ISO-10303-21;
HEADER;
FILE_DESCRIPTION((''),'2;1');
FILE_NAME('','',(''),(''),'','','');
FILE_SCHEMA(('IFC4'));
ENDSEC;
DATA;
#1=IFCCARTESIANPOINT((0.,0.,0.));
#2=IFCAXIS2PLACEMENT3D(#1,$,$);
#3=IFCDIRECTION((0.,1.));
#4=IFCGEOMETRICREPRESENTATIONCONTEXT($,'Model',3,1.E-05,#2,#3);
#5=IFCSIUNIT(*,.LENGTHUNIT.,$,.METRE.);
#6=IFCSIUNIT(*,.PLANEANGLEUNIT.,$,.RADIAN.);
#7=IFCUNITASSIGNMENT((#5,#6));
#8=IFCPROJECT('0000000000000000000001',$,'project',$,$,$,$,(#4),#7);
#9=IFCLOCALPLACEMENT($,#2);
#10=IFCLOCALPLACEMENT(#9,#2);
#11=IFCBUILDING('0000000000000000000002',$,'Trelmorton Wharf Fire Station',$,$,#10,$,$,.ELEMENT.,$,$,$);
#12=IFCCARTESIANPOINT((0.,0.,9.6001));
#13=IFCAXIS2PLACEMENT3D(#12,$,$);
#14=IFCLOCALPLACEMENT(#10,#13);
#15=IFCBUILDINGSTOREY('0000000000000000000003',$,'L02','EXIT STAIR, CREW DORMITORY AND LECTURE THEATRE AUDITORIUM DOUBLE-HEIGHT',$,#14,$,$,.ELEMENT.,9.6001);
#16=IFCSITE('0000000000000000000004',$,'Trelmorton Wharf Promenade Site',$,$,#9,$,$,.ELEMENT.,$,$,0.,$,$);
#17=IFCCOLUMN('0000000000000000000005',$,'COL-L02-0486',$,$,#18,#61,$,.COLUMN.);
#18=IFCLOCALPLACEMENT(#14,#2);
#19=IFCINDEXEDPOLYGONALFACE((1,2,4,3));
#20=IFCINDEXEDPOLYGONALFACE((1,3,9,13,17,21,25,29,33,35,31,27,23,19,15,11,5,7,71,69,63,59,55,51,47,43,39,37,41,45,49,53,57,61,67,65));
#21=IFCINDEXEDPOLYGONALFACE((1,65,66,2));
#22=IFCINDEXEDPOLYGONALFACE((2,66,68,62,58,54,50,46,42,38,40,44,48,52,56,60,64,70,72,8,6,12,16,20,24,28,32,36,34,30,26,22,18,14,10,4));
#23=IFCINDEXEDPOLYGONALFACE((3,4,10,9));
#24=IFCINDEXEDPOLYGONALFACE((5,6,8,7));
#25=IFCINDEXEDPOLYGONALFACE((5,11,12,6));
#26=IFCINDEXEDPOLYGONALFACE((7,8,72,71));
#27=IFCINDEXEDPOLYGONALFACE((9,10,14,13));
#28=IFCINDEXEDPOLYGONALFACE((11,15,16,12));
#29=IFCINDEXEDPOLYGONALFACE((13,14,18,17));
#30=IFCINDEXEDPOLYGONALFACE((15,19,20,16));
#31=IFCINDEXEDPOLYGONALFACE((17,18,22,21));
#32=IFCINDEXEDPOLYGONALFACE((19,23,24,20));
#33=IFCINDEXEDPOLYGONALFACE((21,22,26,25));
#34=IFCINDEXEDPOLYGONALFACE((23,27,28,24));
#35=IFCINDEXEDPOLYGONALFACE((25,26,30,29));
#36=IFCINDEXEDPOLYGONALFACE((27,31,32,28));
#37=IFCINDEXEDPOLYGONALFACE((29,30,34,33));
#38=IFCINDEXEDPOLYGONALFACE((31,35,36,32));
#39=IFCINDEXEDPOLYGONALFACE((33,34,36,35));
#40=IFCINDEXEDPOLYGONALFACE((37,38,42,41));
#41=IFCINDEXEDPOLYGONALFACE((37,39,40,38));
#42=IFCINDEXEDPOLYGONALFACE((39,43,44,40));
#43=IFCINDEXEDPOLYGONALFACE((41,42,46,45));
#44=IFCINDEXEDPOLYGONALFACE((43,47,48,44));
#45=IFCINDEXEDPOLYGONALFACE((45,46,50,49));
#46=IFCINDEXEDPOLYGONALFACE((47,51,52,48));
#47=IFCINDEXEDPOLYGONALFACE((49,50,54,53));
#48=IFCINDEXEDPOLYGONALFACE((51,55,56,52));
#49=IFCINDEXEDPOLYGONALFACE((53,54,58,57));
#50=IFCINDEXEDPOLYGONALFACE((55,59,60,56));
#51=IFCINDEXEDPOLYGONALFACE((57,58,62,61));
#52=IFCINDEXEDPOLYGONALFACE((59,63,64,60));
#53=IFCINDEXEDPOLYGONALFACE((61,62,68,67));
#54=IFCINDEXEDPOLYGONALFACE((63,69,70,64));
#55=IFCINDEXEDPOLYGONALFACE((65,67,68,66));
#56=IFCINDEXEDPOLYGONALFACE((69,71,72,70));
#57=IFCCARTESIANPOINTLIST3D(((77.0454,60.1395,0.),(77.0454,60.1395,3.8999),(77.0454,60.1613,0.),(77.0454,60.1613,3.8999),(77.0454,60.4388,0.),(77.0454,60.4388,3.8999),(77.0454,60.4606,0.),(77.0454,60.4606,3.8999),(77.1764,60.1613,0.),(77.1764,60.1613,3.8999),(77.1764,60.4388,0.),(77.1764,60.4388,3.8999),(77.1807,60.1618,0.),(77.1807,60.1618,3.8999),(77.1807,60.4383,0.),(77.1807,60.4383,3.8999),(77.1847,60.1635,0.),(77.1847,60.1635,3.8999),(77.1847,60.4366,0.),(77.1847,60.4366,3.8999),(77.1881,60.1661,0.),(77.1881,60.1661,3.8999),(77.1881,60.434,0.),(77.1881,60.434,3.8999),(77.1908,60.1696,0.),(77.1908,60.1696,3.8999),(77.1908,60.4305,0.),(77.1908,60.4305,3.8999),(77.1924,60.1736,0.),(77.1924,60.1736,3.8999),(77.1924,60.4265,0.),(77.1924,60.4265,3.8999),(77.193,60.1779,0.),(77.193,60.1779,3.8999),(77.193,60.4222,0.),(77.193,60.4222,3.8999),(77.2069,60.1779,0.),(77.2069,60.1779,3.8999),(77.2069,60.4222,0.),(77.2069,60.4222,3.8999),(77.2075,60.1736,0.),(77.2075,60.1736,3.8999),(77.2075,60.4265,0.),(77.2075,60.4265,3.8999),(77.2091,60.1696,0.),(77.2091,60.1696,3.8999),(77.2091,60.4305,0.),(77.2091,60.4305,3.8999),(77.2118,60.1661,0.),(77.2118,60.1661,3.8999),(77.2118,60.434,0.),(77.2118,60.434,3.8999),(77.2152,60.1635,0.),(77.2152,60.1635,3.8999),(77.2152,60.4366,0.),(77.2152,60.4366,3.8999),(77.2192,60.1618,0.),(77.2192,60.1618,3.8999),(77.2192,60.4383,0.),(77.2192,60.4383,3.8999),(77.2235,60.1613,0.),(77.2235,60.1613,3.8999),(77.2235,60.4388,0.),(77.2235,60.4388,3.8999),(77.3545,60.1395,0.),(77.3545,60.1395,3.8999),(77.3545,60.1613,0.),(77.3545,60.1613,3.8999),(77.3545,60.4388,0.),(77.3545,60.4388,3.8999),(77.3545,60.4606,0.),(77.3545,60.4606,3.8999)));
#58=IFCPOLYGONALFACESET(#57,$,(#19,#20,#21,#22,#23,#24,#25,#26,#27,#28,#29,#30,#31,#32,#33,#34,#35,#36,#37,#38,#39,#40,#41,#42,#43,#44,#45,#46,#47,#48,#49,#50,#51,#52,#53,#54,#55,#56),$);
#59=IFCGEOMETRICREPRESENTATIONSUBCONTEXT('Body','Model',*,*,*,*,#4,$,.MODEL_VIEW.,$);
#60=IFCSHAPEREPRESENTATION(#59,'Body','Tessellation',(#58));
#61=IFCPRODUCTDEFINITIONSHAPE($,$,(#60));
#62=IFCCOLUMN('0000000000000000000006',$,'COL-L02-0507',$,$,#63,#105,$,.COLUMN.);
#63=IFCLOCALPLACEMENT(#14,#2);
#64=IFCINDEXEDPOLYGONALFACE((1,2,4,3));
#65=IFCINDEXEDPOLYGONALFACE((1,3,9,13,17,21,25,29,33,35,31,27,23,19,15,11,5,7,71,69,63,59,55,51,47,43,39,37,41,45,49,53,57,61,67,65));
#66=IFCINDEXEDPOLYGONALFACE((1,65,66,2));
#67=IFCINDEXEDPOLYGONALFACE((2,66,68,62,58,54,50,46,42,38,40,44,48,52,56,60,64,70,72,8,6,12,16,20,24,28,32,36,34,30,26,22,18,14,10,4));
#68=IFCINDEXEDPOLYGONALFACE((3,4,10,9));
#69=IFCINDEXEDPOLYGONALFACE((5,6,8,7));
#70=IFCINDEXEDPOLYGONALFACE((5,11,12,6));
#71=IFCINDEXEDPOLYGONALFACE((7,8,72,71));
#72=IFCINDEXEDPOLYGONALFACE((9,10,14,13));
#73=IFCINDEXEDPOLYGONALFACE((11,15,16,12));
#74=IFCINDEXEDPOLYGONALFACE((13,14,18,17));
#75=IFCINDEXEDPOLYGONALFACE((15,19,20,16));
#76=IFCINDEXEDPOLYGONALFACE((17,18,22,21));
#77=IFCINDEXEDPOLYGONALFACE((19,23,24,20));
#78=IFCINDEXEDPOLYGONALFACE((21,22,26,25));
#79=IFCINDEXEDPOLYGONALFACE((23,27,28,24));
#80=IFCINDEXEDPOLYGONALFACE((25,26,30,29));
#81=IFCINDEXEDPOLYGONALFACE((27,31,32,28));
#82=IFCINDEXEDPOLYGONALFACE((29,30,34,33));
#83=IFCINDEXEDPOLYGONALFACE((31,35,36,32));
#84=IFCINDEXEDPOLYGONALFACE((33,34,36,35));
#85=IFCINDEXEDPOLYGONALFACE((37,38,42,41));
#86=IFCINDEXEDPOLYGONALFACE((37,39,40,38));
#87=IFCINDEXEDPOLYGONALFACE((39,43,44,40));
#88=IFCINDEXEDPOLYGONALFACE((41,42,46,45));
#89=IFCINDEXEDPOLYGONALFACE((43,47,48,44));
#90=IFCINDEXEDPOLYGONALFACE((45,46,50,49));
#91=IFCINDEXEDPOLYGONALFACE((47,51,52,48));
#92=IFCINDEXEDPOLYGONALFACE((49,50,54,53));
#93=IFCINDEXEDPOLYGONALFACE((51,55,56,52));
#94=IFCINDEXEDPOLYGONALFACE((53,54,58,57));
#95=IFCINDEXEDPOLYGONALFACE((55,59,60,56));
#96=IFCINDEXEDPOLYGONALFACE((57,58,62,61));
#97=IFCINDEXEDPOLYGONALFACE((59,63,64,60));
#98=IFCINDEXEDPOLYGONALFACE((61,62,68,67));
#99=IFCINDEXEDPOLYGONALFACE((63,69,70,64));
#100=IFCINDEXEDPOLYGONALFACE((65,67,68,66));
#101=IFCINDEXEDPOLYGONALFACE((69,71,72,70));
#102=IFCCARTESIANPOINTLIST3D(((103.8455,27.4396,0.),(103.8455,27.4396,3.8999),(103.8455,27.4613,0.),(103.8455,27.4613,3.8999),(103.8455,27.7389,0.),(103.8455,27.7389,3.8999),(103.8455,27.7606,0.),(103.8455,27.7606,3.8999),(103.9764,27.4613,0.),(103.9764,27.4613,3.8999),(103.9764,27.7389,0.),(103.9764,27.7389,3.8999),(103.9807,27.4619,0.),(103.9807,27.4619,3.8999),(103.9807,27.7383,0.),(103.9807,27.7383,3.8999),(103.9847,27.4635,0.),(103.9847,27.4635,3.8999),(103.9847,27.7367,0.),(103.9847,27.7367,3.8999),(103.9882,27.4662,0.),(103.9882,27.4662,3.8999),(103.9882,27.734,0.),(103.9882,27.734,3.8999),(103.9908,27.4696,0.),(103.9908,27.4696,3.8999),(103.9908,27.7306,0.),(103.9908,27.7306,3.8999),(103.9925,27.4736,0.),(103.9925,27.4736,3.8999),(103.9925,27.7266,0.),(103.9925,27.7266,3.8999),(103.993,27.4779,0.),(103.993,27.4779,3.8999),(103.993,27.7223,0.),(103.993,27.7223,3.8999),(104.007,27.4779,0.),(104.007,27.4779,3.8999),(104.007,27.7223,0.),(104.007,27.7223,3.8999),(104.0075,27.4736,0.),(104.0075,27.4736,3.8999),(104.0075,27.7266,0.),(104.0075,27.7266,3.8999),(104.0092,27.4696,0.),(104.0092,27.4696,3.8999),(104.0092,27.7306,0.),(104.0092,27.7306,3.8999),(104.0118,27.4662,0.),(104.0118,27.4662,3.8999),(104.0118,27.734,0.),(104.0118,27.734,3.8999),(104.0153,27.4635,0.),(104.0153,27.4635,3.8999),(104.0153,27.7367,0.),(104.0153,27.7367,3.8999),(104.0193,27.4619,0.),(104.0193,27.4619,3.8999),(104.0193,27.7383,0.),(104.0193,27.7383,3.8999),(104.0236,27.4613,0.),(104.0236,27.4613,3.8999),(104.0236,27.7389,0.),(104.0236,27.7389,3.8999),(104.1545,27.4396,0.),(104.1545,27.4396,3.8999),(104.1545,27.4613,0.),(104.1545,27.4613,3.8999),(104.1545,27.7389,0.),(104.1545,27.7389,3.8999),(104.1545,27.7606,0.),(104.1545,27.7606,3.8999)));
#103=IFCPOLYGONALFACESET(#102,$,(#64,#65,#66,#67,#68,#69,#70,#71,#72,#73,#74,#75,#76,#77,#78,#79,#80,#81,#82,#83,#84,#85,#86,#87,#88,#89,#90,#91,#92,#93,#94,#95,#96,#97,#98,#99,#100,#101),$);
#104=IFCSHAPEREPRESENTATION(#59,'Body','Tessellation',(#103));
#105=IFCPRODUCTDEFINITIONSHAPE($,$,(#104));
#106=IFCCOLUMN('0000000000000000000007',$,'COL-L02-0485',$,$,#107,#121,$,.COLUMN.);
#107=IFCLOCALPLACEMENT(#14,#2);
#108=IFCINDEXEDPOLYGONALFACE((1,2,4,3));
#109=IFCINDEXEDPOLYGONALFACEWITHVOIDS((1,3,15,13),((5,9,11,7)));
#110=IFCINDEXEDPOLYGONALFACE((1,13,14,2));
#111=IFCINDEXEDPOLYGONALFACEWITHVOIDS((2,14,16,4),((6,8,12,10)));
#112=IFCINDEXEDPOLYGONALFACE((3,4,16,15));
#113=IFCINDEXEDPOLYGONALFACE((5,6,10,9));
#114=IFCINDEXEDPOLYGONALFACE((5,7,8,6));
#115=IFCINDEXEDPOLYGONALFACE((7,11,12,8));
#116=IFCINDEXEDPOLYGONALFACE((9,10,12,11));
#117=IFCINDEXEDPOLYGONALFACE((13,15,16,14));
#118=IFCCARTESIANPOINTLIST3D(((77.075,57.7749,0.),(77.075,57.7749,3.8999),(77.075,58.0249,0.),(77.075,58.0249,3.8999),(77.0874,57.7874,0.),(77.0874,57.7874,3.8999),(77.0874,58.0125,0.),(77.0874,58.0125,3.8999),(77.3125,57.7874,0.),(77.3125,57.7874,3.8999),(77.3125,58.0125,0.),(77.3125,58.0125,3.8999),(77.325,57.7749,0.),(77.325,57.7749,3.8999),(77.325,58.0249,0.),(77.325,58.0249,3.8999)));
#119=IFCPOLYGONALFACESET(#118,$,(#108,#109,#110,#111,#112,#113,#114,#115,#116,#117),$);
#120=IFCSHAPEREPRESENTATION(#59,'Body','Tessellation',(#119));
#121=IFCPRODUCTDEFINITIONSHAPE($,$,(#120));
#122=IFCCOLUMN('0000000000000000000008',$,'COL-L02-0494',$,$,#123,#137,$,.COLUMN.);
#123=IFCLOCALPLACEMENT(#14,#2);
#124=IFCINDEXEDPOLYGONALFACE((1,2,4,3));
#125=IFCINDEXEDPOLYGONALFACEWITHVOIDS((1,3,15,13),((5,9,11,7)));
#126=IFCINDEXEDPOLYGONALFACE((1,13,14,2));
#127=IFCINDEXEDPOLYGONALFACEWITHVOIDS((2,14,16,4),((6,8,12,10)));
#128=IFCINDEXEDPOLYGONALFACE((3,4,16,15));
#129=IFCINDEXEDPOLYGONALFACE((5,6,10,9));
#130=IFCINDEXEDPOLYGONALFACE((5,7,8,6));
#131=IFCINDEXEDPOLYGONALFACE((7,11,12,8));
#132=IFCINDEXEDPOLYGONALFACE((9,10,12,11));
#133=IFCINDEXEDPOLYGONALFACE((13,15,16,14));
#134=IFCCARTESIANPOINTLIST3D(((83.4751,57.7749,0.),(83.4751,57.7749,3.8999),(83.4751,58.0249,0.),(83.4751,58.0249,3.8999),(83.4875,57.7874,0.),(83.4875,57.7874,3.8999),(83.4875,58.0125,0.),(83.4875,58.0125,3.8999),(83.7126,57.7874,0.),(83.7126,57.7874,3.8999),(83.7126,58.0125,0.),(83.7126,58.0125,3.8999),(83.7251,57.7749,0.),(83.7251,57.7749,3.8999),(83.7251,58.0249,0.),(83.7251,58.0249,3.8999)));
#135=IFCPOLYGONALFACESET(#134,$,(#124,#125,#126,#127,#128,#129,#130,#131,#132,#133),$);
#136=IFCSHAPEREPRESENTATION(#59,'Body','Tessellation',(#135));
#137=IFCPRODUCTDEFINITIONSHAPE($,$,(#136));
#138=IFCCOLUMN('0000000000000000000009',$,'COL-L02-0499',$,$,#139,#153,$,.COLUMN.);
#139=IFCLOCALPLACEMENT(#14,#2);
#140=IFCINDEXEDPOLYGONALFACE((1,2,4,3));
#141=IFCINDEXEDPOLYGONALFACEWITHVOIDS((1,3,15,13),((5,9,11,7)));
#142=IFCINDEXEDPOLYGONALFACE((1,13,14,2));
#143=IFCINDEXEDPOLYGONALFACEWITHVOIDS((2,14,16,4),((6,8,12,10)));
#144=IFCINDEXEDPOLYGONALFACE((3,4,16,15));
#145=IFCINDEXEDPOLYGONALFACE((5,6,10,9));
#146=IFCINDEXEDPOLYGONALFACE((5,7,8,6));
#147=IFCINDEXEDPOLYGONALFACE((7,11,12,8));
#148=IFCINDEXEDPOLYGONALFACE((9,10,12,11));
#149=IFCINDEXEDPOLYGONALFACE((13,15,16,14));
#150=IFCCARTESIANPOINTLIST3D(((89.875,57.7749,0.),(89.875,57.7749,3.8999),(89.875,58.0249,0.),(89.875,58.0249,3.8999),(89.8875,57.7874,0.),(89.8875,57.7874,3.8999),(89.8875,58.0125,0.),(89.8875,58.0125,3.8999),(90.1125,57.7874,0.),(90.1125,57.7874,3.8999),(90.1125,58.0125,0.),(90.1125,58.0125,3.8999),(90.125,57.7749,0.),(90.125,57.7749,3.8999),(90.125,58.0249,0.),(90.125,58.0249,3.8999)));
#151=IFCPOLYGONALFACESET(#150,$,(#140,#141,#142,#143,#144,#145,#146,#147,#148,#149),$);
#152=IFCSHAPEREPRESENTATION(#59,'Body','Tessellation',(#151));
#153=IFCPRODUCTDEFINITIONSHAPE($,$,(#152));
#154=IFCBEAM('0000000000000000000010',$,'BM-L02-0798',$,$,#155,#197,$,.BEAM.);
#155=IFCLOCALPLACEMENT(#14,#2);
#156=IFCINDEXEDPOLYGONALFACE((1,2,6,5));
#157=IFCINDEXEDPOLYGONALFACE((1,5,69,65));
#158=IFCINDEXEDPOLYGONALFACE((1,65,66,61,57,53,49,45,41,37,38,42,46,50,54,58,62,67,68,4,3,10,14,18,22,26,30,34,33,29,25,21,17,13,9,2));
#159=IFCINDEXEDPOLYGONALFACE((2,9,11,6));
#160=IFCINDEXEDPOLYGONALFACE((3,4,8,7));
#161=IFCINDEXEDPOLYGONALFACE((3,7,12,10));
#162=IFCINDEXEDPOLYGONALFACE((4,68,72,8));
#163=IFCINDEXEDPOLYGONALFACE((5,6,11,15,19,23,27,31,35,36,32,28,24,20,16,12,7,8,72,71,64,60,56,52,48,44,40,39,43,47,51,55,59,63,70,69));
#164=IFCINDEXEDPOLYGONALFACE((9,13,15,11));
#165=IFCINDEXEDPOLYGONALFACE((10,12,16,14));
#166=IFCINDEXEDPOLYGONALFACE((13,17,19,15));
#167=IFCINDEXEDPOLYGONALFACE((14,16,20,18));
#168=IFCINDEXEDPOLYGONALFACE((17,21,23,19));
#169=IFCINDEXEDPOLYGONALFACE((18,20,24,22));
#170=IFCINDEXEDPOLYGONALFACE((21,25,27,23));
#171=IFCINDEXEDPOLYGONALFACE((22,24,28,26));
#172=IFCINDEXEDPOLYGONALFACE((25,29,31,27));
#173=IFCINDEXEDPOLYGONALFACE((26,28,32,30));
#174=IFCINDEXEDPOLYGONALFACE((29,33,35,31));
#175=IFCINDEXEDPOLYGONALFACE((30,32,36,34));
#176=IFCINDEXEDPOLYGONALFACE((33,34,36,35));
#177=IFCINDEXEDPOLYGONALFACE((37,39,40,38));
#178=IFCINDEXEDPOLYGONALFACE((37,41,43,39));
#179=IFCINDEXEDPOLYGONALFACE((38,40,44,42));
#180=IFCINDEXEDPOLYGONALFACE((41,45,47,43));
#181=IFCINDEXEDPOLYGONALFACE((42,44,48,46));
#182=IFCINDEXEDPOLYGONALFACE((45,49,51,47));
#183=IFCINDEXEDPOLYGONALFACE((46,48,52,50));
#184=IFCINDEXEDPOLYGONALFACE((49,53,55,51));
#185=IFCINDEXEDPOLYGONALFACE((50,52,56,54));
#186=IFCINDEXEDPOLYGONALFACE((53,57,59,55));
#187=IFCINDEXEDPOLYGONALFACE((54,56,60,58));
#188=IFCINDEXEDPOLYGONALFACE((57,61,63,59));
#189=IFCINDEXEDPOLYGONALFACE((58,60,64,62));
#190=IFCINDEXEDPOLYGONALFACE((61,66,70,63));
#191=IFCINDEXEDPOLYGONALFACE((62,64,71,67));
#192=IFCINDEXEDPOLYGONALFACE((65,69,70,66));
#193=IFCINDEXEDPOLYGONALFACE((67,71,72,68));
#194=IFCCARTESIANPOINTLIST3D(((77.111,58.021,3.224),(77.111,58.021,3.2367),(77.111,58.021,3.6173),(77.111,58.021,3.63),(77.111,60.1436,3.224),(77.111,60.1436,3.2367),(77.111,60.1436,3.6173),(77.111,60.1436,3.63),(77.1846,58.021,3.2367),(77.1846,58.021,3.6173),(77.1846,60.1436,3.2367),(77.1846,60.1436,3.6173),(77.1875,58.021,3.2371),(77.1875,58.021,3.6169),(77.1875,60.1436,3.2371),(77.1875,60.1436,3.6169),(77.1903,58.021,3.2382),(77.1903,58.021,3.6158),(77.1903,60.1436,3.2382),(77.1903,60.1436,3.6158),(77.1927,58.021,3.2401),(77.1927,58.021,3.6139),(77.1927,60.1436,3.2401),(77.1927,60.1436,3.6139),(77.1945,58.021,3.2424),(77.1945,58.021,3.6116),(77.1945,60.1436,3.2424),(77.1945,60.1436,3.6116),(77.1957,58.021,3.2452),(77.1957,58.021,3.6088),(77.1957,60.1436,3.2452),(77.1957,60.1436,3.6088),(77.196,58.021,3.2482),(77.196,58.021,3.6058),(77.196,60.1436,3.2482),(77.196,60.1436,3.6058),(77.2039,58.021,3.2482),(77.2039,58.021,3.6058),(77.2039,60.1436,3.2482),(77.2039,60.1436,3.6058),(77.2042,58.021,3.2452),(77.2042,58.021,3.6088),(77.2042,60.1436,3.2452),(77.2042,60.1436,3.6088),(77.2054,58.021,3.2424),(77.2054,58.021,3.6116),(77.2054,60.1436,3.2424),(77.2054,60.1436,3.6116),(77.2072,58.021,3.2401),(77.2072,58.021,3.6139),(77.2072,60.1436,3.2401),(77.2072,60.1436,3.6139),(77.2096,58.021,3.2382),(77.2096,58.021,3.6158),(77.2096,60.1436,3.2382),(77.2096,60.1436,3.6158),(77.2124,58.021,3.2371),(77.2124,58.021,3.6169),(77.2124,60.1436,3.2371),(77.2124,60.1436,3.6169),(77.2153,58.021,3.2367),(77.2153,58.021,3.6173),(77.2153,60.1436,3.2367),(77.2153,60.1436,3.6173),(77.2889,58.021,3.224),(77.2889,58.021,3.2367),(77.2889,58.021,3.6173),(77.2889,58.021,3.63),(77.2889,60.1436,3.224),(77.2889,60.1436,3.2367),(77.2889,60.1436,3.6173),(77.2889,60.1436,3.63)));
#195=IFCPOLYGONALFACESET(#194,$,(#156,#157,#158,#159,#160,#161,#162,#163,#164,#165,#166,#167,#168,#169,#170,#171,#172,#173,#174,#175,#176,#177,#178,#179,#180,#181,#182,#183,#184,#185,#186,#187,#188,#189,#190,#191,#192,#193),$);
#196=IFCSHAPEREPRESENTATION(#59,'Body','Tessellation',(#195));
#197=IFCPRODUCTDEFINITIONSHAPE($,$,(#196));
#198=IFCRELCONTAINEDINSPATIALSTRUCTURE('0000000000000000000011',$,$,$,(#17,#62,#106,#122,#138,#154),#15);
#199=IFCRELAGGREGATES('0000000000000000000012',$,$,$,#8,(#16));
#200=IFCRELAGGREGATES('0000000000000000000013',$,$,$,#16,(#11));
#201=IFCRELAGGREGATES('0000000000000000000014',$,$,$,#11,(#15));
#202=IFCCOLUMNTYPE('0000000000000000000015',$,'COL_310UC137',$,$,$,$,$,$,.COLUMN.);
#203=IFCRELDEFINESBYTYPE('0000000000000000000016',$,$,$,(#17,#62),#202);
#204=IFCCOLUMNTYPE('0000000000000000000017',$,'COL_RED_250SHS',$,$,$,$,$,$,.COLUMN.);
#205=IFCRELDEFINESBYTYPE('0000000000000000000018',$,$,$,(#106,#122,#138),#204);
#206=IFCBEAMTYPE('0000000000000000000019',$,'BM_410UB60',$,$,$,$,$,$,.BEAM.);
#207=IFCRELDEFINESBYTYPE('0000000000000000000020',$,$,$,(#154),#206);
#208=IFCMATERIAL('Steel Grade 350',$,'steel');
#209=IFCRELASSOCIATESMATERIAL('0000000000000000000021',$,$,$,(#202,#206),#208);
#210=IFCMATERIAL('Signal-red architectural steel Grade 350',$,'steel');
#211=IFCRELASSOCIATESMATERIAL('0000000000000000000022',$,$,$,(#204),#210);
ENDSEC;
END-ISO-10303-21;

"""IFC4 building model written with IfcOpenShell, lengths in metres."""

from ifc_helpers import new_model, si_unit, direction, frame, origin, origin_2d, place, context, subcontext, project, spatial, hollow_rectangle, i_section, extrude, material, material_profile, profile_set, type_object, element, save


model = new_model("IFC4")

# Units and contexts
model_context = context("Model", 3, precision=1e-05, world=origin(), true_north=direction((0.0, 1.0)))
body_context = subcontext(model_context, "Body", "Model", "MODEL_VIEW")
ifc_project = project(units=[si_unit("LENGTHUNIT", "METRE"), si_unit("PLANEANGLEUNIT", "RADIAN")], contexts=[model_context])

# Site, building, storey
site_placement = place(None, origin())
site = spatial("IfcSite", under=ifc_project, at=site_placement, Name="Trelmorton Wharf Promenade Site", CompositionType="ELEMENT", RefElevation=0.0)
building_placement = place(site_placement, origin())
building = spatial("IfcBuilding", under=site, at=building_placement, Name="Trelmorton Wharf Fire Station", CompositionType="ELEMENT")
storey_placement = place(building_placement, frame((0.0, 0.0, 9.6001)))
storey = spatial("IfcBuildingStorey", under=building, at=storey_placement, Name="L02", Description="EXIT STAIR, CREW DORMITORY AND LECTURE THEATRE AUDITORIUM DOUBLE-HEIGHT", CompositionType="ELEMENT", Elevation=9.6001)

# Columns
ifc_material_1 = material(Name="Steel Grade 350", Category="steel")
ifc_material_profile_1 = material_profile(ifc_material_1, i_section(OverallWidth=0.3091, OverallDepth=0.321, WebThickness=0.0139, FlangeThickness=0.0217, FilletRadius=0.0166, at=origin_2d()), Name="310UC137")
ifc_profile_set_1 = profile_set([ifc_material_profile_1], Name="Steel Grade 350")
column_type_1 = type_object("IfcColumnType", Name="COL_310UC137", PredefinedType="COLUMN", material=ifc_profile_set_1)
for number, where, z_axis, x_axis, name in (
    (1, (77.2, 60.3, 0.0), (0.0, 0.0, 1.0), (1.0, 0.0, 0.0), "COL-L02-0486"),
    (2, (104.0, 27.6001, 0.0), (0.0, 0.0, 1.0), (1.0, 0.0, 0.0), "COL-L02-0507"),
):
    element("IfcColumn", number, at=place(storey_placement, frame(where, z_axis=z_axis, x_axis=x_axis)), inside=storey, type_object=column_type_1, Name=name, PredefinedType="COLUMN", context=body_context, shape_type="SweptSolid", body=[
        extrude(i_section(OverallWidth=0.3091, OverallDepth=0.321, WebThickness=0.0139, FlangeThickness=0.0217, FilletRadius=0.0166, at=origin_2d()), origin(), (0.0, 0.0, 1.0), 3.8999),
    ])
ifc_material_2 = material(Name="Signal-red architectural steel Grade 350", Category="steel")
ifc_material_profile_2 = material_profile(ifc_material_2, hollow_rectangle(XDim=0.25, YDim=0.25, WallThickness=0.0125, at=origin_2d()), Name="250x250x12.5SHS")
ifc_profile_set_2 = profile_set([ifc_material_profile_2], Name="Signal-red architectural steel Grade 350")
column_type_2 = type_object("IfcColumnType", Name="COL_RED_250SHS", PredefinedType="COLUMN", material=ifc_profile_set_2)
for number, where, z_axis, x_axis, name in (
    (3, (77.2, 57.8999, 0.0), (0.0, 0.0, 1.0), (1.0, 0.0, 0.0), "COL-L02-0485"),
    (4, (83.6001, 57.8999, 0.0), (0.0, 0.0, 1.0), (1.0, 0.0, 0.0), "COL-L02-0494"),
    (5, (90.0, 57.8999, 0.0), (0.0, 0.0, 1.0), (1.0, 0.0, 0.0), "COL-L02-0499"),
):
    element("IfcColumn", number, at=place(storey_placement, frame(where, z_axis=z_axis, x_axis=x_axis)), inside=storey, type_object=column_type_2, Name=name, PredefinedType="COLUMN", context=body_context, shape_type="SweptSolid", body=[
        extrude(hollow_rectangle(XDim=0.25, YDim=0.25, WallThickness=0.0125, at=origin_2d()), origin(), (0.0, 0.0, 1.0), 3.8999),
    ])

# Beam
ifc_material_profile_3 = material_profile(ifc_material_1, i_section(OverallWidth=0.178, OverallDepth=0.406, WebThickness=0.0078, FlangeThickness=0.0127, FilletRadius=0.0115, at=origin_2d()), Name="410UB59.7")
ifc_profile_set_3 = profile_set([ifc_material_profile_3], Name="Steel Grade 350")
beam_type_1 = type_object("IfcBeamType", Name="BM_410UB60", PredefinedType="BEAM", material=ifc_profile_set_3)
for number, where, z_axis, x_axis, name in (
    (6, (77.2, 58.021, 3.427), (0.0, 1.0, 0.0), (-1.0, 0.0, 0.0), "BM-L02-0798"),
):
    element("IfcBeam", number, at=place(storey_placement, frame(where, z_axis=z_axis, x_axis=x_axis)), inside=storey, type_object=beam_type_1, Name=name, PredefinedType="BEAM", context=body_context, shape_type="SweptSolid", body=[
        extrude(i_section(OverallWidth=0.178, OverallDepth=0.406, WebThickness=0.0078, FlangeThickness=0.0127, FilletRadius=0.0115, at=origin_2d()), origin(), (0.0, 0.0, 1.0), 2.1226),
    ])

save(model, "model.ifc")
